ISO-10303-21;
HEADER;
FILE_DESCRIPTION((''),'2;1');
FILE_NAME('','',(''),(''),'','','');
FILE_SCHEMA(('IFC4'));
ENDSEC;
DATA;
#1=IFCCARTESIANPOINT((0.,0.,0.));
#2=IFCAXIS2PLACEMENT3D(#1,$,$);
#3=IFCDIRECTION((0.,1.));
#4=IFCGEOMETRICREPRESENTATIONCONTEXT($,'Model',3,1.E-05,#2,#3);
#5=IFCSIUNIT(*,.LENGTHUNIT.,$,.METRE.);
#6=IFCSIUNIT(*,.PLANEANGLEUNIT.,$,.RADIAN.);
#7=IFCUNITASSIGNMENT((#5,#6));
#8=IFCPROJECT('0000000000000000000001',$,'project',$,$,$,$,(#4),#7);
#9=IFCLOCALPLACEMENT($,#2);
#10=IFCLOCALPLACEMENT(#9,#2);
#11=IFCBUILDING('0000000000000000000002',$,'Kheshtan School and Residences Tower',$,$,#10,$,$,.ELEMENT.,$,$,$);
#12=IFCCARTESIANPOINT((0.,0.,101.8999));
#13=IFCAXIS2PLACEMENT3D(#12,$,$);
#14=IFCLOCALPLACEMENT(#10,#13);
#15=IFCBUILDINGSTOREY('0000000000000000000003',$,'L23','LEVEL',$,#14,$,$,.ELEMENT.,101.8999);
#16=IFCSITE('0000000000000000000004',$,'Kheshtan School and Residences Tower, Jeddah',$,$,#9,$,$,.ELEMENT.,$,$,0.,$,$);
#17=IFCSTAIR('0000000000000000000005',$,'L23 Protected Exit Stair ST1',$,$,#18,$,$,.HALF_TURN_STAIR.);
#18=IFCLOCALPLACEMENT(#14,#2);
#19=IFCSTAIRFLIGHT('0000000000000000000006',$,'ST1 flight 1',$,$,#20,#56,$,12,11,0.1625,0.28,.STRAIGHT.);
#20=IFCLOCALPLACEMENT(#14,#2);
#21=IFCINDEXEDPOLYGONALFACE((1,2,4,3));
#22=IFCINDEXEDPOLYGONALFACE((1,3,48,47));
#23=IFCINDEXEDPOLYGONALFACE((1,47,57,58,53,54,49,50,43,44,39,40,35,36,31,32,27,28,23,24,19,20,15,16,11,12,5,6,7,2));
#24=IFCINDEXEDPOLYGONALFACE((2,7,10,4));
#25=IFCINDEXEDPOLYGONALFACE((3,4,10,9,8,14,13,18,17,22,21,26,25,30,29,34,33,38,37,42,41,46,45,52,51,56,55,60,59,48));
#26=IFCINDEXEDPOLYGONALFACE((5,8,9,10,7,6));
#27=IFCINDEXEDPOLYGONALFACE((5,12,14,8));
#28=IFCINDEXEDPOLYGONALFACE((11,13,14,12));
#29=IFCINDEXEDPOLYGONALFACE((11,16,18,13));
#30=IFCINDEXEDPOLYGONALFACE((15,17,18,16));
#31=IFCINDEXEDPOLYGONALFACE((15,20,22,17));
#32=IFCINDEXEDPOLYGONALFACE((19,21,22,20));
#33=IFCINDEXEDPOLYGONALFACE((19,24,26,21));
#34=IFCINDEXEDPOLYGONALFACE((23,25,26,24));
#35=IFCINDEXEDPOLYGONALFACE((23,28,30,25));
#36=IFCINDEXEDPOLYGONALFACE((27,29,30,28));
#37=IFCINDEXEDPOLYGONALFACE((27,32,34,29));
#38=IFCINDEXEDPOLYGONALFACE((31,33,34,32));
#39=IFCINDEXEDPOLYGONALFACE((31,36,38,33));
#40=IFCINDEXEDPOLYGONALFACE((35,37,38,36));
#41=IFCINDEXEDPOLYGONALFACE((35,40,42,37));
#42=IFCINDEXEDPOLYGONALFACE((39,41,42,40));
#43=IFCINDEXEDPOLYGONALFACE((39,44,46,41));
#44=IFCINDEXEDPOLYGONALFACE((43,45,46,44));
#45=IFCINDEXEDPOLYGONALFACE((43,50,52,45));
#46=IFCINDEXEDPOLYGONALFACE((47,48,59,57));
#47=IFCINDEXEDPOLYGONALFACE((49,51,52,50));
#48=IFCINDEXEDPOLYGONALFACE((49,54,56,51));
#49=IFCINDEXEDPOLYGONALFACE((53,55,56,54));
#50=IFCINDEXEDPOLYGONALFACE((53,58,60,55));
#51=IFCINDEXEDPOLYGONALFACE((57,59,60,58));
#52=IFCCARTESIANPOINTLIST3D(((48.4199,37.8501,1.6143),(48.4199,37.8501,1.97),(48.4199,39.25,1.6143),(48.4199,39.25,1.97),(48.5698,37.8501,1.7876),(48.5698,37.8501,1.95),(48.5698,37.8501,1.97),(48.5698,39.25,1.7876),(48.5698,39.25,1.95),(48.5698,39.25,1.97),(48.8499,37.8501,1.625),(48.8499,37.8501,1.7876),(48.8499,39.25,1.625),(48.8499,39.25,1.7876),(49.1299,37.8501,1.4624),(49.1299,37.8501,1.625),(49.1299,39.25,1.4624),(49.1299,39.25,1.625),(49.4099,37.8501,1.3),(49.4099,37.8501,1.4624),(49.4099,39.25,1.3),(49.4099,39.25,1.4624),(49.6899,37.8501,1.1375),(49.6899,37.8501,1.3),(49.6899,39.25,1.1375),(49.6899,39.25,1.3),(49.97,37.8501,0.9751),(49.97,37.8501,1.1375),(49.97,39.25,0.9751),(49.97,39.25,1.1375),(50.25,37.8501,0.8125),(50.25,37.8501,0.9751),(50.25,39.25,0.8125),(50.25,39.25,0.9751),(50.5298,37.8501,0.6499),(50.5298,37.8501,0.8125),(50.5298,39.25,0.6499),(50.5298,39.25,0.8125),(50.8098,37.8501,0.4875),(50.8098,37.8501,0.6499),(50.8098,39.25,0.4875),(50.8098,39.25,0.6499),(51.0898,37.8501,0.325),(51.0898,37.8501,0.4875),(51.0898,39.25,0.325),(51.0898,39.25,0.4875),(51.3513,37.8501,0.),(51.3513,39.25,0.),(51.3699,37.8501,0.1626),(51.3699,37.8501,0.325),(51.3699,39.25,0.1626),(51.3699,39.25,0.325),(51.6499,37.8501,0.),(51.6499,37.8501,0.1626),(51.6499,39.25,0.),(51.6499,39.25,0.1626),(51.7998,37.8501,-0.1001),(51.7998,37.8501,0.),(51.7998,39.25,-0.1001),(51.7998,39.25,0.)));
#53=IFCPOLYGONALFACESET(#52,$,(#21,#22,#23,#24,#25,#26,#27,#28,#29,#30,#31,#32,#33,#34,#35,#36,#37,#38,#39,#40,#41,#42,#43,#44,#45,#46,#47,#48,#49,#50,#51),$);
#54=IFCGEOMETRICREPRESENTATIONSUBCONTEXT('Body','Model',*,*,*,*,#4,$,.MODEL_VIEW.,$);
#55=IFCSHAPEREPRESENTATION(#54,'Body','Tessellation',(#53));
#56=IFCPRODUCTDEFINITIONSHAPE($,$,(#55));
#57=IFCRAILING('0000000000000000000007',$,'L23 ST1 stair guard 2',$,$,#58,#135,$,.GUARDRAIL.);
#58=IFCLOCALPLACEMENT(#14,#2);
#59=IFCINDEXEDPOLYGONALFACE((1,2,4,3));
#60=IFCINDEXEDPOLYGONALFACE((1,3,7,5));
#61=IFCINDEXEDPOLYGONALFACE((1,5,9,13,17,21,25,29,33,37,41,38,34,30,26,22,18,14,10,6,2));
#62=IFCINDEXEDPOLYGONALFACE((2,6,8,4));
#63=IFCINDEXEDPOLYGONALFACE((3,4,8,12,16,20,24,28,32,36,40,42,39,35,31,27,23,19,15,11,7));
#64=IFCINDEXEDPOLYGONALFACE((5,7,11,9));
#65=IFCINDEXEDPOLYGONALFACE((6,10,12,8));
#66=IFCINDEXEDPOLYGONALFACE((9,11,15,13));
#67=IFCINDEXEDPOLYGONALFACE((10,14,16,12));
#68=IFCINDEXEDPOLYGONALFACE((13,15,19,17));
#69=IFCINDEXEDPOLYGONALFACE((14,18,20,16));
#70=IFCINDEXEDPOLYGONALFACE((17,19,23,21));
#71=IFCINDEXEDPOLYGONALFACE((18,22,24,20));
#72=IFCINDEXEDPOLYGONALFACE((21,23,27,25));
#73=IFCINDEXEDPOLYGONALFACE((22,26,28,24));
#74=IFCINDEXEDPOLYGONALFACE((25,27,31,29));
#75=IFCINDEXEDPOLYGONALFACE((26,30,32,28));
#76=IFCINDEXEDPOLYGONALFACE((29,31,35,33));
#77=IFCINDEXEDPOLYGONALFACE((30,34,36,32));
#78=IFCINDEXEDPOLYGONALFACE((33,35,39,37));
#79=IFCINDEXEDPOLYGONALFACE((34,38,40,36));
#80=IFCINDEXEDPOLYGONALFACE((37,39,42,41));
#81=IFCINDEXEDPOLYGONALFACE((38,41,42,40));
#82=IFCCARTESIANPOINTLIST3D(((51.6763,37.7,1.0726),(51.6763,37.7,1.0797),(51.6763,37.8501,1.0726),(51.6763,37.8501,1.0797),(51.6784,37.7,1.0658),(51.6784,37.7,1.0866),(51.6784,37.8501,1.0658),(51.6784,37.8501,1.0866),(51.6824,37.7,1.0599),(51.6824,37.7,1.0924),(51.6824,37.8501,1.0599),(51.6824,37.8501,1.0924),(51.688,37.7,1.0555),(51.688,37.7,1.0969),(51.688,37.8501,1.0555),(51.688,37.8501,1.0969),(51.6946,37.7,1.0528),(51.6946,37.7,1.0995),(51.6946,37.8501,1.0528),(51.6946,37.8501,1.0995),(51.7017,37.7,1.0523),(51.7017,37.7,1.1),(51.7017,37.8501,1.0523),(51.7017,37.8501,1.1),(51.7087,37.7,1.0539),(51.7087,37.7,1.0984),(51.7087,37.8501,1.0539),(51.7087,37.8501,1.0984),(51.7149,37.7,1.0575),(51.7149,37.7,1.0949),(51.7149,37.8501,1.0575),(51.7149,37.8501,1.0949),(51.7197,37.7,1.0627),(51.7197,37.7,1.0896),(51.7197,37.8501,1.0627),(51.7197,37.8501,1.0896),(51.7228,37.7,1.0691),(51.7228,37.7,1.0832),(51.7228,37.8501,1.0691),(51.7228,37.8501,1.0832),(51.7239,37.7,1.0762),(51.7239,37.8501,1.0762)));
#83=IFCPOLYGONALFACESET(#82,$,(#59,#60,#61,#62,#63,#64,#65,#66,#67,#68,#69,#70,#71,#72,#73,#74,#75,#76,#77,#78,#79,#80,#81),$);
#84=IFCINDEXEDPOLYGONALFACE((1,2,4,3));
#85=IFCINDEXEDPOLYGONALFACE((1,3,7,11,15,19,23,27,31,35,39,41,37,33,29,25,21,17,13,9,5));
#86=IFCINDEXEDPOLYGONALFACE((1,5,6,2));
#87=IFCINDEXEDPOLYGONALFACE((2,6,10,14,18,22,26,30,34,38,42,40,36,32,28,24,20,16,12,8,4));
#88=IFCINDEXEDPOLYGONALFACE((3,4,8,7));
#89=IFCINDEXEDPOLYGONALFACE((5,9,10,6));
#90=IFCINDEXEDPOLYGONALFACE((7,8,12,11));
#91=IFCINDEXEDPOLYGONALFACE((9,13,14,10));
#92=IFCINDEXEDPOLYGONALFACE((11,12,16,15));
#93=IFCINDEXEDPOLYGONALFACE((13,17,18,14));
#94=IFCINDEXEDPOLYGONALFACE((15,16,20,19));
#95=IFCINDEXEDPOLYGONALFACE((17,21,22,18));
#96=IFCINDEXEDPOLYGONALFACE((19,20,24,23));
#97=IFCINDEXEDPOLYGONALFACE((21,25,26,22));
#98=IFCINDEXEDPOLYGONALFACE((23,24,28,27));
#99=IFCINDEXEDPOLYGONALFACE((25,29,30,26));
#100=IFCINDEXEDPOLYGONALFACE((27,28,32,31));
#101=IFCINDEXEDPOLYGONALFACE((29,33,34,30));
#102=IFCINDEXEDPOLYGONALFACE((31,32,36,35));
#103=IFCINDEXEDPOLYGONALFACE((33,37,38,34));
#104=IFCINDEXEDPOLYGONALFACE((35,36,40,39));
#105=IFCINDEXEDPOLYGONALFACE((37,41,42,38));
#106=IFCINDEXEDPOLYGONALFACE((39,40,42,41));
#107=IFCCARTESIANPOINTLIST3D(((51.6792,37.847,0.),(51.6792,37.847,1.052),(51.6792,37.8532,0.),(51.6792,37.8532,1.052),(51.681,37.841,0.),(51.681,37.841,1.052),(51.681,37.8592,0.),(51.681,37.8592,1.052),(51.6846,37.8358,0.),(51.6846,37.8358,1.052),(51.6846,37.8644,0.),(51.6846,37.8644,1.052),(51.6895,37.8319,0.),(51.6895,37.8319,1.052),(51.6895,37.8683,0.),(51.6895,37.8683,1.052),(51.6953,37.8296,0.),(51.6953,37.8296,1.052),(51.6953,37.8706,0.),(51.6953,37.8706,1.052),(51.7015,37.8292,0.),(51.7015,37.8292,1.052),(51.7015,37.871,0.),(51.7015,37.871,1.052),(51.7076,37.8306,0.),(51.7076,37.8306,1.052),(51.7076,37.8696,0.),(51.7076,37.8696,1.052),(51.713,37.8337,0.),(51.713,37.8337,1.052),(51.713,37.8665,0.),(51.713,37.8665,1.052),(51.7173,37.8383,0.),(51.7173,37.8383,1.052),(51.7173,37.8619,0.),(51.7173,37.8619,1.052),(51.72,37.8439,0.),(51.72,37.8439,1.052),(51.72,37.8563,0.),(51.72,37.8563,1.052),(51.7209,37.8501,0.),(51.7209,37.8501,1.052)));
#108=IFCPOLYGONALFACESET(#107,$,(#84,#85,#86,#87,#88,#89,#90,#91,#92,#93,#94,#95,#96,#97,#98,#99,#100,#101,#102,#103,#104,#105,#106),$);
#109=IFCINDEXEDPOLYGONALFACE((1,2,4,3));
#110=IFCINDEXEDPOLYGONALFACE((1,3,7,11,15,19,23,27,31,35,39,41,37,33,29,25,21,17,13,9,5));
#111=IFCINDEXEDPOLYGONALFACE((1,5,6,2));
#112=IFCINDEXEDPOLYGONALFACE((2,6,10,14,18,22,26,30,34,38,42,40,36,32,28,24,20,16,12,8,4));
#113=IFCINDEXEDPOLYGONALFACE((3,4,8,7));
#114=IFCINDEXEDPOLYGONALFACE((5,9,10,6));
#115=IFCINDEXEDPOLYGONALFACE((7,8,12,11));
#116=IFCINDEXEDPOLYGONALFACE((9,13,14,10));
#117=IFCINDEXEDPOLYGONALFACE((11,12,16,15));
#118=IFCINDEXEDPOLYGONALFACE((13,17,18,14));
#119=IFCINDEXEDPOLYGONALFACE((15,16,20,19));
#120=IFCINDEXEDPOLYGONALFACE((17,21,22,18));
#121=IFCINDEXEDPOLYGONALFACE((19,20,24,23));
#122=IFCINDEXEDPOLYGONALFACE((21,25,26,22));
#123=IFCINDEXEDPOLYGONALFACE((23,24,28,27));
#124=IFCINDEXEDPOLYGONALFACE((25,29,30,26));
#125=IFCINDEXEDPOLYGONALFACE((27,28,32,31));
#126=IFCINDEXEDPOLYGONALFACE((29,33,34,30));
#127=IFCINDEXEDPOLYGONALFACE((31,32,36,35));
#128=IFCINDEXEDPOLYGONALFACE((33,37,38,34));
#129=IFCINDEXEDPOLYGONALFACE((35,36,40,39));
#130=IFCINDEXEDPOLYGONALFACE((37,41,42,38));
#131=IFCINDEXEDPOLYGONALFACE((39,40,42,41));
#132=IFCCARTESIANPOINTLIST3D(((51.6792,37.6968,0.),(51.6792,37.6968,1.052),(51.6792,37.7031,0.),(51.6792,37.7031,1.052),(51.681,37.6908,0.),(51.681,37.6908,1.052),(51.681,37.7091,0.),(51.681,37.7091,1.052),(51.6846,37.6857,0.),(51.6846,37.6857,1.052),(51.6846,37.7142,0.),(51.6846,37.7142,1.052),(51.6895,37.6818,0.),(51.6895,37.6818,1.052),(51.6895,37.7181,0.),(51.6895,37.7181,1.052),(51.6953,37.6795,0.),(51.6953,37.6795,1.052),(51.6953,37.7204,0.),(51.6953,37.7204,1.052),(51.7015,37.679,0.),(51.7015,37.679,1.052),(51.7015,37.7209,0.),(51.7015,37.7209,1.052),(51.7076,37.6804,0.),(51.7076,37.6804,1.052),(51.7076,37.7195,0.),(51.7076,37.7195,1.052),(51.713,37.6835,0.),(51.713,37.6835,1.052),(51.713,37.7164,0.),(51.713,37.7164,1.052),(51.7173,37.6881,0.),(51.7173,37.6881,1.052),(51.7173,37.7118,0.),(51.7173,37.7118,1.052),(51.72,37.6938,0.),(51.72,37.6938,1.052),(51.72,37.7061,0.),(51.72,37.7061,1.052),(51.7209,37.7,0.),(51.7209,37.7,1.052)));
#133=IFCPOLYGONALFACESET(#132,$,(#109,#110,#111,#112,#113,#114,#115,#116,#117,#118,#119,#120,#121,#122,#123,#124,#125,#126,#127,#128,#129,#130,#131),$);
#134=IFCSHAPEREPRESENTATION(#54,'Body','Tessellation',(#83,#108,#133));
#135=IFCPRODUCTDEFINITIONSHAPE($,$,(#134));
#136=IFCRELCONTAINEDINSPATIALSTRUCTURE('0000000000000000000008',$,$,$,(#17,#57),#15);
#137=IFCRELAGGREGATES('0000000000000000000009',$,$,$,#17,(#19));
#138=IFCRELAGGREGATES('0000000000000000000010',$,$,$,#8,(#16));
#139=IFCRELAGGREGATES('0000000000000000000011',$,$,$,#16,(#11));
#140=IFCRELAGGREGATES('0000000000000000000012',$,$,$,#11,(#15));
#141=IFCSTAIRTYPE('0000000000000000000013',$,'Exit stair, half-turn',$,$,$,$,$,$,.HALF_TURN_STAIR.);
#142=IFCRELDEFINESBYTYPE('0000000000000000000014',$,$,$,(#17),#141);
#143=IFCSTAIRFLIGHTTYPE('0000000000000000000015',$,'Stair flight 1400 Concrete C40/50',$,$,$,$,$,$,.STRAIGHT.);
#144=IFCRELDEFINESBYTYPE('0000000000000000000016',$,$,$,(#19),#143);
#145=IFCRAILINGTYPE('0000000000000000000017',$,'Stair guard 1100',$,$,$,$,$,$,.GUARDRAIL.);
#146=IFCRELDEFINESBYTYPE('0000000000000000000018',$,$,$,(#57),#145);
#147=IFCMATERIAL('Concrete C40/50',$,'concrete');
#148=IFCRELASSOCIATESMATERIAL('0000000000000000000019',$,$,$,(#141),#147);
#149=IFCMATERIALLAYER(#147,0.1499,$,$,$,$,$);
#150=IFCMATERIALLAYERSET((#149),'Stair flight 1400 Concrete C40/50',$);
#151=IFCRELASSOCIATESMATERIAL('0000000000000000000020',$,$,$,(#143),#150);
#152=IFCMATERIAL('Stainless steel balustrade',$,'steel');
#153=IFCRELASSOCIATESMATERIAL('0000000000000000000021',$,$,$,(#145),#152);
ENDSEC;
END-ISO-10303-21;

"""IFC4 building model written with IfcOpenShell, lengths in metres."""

from ifc_helpers import new_model, si_unit, direction, frame, origin, origin_2d, place, context, subcontext, project, spatial, polyline, circle, outline, extrude, material, layer, layer_set, type_object, element, aggregate, save


model = new_model("IFC4")

# Units and contexts
model_context = context("Model", 3, precision=1e-05, world=origin(), true_north=direction((0.0, 1.0)))
body_context = subcontext(model_context, "Body", "Model", "MODEL_VIEW")
ifc_project = project(units=[si_unit("LENGTHUNIT", "METRE"), si_unit("PLANEANGLEUNIT", "RADIAN")], contexts=[model_context])

# Site, building, storey
site_placement = place(None, origin())
site = spatial("IfcSite", under=ifc_project, at=site_placement, Name="Kheshtan School and Residences Tower, Jeddah", CompositionType="ELEMENT", RefElevation=0.0)
building_placement = place(site_placement, origin())
building = spatial("IfcBuilding", under=site, at=building_placement, Name="Kheshtan School and Residences Tower", CompositionType="ELEMENT")
storey_placement = place(building_placement, frame((0.0, 0.0, 101.8999)))
storey = spatial("IfcBuildingStorey", under=building, at=storey_placement, Name="L23", Description="LEVEL", CompositionType="ELEMENT", Elevation=101.8999)

# Shared definitions
ifc_material_1 = material(Name="Concrete C40/50", Category="concrete")

# Stair, stair flight
stair_type = type_object("IfcStairType", Name="Exit stair, half-turn", PredefinedType="HALF_TURN_STAIR", material=ifc_material_1)
stair_placement = place(storey_placement, origin())
stair = element("IfcStair", 1, at=stair_placement, inside=storey, type_object=stair_type, Name="L23 Protected Exit Stair ST1", PredefinedType="HALF_TURN_STAIR")
ifc_layer_1 = layer(ifc_material_1, 0.1499)
ifc_layer_set_1 = layer_set([ifc_layer_1], Name="Stair flight 1400 Concrete C40/50")
stair_flight_type = type_object("IfcStairFlightType", Name="Stair flight 1400 Concrete C40/50", PredefinedType="STRAIGHT", material=ifc_layer_set_1)
stair_flight_placement = place(storey_placement, frame((51.6499, 38.55, 0.0), z_axis=(0.0, 0.0, 1.0), x_axis=(-1.0, 0.0, 0.0)))
stair_flight = element("IfcStairFlight", 2, at=stair_flight_placement, type_object=stair_flight_type, Name="ST1 flight 1", NumberOfRisers=12, NumberOfTreads=11, PredefinedType="STRAIGHT", RiserHeight=0.1625, TreadLength=0.28, context=body_context, shape_type="SweptSolid", body=[
    extrude(outline(polyline([(-0.1499, -0.1001), (-0.1499, 0.0), (0.0, 0.0), (0.0, 0.1626), (0.28, 0.1626), (0.28, 0.325), (0.5601, 0.325), (0.5601, 0.4875), (0.8401, 0.4875), (0.8401, 0.6499), (1.1201, 0.6499), (1.1201, 0.8125), (1.3999, 0.8125), (1.3999, 0.9751), (1.6799, 0.9751), (1.6799, 1.1375), (1.96, 1.1375), (1.96, 1.3), (2.24, 1.3), (2.24, 1.4624), (2.52, 1.4624), (2.52, 1.625), (2.8, 1.625), (2.8, 1.7876), (3.0801, 1.7876), (3.0801, 1.95), (3.0801, 1.97), (3.23, 1.97), (3.23, 1.6143), (0.2986, 0.0), (-0.1499, -0.1001)])), frame((0.0, 0.7, 0.0), z_axis=(0.0, -1.0, 0.0), x_axis=(1.0, 0.0, 0.0)), (0.0, 0.0, 1.0), 1.3999),
])
aggregate(stair, [stair_flight])

# Railing
ifc_material_2 = material(Name="Stainless steel balustrade", Category="steel")
railing_type_1 = type_object("IfcRailingType", Name="Stair guard 1100", PredefinedType="GUARDRAIL", material=ifc_material_2)
railing_1_placement = place(storey_placement, frame((51.7, 37.8501, 0.0)))
element("IfcRailing", 3, at=railing_1_placement, inside=storey, type_object=railing_type_1, Name="L23 ST1 stair guard 2", PredefinedType="GUARDRAIL", context=body_context, shape_type="SweptSolid", body=[
    extrude(circle(Radius=0.0239, at=origin_2d()), frame((0.0, 0.0, 1.0762), z_axis=(0.0, -1.0, 0.0), x_axis=(1.0, 0.0, 0.0)), (0.0, 0.0, 1.0), 0.1501),
    extrude(circle(Radius=0.021, at=origin_2d()), origin(), (0.0, 0.0, 1.0), 1.052),
    extrude(circle(Radius=0.021, at=origin_2d()), frame((0.0, -0.1501, 0.0)), (0.0, 0.0, 1.0), 1.052),
])

save(model, "model.ifc")
